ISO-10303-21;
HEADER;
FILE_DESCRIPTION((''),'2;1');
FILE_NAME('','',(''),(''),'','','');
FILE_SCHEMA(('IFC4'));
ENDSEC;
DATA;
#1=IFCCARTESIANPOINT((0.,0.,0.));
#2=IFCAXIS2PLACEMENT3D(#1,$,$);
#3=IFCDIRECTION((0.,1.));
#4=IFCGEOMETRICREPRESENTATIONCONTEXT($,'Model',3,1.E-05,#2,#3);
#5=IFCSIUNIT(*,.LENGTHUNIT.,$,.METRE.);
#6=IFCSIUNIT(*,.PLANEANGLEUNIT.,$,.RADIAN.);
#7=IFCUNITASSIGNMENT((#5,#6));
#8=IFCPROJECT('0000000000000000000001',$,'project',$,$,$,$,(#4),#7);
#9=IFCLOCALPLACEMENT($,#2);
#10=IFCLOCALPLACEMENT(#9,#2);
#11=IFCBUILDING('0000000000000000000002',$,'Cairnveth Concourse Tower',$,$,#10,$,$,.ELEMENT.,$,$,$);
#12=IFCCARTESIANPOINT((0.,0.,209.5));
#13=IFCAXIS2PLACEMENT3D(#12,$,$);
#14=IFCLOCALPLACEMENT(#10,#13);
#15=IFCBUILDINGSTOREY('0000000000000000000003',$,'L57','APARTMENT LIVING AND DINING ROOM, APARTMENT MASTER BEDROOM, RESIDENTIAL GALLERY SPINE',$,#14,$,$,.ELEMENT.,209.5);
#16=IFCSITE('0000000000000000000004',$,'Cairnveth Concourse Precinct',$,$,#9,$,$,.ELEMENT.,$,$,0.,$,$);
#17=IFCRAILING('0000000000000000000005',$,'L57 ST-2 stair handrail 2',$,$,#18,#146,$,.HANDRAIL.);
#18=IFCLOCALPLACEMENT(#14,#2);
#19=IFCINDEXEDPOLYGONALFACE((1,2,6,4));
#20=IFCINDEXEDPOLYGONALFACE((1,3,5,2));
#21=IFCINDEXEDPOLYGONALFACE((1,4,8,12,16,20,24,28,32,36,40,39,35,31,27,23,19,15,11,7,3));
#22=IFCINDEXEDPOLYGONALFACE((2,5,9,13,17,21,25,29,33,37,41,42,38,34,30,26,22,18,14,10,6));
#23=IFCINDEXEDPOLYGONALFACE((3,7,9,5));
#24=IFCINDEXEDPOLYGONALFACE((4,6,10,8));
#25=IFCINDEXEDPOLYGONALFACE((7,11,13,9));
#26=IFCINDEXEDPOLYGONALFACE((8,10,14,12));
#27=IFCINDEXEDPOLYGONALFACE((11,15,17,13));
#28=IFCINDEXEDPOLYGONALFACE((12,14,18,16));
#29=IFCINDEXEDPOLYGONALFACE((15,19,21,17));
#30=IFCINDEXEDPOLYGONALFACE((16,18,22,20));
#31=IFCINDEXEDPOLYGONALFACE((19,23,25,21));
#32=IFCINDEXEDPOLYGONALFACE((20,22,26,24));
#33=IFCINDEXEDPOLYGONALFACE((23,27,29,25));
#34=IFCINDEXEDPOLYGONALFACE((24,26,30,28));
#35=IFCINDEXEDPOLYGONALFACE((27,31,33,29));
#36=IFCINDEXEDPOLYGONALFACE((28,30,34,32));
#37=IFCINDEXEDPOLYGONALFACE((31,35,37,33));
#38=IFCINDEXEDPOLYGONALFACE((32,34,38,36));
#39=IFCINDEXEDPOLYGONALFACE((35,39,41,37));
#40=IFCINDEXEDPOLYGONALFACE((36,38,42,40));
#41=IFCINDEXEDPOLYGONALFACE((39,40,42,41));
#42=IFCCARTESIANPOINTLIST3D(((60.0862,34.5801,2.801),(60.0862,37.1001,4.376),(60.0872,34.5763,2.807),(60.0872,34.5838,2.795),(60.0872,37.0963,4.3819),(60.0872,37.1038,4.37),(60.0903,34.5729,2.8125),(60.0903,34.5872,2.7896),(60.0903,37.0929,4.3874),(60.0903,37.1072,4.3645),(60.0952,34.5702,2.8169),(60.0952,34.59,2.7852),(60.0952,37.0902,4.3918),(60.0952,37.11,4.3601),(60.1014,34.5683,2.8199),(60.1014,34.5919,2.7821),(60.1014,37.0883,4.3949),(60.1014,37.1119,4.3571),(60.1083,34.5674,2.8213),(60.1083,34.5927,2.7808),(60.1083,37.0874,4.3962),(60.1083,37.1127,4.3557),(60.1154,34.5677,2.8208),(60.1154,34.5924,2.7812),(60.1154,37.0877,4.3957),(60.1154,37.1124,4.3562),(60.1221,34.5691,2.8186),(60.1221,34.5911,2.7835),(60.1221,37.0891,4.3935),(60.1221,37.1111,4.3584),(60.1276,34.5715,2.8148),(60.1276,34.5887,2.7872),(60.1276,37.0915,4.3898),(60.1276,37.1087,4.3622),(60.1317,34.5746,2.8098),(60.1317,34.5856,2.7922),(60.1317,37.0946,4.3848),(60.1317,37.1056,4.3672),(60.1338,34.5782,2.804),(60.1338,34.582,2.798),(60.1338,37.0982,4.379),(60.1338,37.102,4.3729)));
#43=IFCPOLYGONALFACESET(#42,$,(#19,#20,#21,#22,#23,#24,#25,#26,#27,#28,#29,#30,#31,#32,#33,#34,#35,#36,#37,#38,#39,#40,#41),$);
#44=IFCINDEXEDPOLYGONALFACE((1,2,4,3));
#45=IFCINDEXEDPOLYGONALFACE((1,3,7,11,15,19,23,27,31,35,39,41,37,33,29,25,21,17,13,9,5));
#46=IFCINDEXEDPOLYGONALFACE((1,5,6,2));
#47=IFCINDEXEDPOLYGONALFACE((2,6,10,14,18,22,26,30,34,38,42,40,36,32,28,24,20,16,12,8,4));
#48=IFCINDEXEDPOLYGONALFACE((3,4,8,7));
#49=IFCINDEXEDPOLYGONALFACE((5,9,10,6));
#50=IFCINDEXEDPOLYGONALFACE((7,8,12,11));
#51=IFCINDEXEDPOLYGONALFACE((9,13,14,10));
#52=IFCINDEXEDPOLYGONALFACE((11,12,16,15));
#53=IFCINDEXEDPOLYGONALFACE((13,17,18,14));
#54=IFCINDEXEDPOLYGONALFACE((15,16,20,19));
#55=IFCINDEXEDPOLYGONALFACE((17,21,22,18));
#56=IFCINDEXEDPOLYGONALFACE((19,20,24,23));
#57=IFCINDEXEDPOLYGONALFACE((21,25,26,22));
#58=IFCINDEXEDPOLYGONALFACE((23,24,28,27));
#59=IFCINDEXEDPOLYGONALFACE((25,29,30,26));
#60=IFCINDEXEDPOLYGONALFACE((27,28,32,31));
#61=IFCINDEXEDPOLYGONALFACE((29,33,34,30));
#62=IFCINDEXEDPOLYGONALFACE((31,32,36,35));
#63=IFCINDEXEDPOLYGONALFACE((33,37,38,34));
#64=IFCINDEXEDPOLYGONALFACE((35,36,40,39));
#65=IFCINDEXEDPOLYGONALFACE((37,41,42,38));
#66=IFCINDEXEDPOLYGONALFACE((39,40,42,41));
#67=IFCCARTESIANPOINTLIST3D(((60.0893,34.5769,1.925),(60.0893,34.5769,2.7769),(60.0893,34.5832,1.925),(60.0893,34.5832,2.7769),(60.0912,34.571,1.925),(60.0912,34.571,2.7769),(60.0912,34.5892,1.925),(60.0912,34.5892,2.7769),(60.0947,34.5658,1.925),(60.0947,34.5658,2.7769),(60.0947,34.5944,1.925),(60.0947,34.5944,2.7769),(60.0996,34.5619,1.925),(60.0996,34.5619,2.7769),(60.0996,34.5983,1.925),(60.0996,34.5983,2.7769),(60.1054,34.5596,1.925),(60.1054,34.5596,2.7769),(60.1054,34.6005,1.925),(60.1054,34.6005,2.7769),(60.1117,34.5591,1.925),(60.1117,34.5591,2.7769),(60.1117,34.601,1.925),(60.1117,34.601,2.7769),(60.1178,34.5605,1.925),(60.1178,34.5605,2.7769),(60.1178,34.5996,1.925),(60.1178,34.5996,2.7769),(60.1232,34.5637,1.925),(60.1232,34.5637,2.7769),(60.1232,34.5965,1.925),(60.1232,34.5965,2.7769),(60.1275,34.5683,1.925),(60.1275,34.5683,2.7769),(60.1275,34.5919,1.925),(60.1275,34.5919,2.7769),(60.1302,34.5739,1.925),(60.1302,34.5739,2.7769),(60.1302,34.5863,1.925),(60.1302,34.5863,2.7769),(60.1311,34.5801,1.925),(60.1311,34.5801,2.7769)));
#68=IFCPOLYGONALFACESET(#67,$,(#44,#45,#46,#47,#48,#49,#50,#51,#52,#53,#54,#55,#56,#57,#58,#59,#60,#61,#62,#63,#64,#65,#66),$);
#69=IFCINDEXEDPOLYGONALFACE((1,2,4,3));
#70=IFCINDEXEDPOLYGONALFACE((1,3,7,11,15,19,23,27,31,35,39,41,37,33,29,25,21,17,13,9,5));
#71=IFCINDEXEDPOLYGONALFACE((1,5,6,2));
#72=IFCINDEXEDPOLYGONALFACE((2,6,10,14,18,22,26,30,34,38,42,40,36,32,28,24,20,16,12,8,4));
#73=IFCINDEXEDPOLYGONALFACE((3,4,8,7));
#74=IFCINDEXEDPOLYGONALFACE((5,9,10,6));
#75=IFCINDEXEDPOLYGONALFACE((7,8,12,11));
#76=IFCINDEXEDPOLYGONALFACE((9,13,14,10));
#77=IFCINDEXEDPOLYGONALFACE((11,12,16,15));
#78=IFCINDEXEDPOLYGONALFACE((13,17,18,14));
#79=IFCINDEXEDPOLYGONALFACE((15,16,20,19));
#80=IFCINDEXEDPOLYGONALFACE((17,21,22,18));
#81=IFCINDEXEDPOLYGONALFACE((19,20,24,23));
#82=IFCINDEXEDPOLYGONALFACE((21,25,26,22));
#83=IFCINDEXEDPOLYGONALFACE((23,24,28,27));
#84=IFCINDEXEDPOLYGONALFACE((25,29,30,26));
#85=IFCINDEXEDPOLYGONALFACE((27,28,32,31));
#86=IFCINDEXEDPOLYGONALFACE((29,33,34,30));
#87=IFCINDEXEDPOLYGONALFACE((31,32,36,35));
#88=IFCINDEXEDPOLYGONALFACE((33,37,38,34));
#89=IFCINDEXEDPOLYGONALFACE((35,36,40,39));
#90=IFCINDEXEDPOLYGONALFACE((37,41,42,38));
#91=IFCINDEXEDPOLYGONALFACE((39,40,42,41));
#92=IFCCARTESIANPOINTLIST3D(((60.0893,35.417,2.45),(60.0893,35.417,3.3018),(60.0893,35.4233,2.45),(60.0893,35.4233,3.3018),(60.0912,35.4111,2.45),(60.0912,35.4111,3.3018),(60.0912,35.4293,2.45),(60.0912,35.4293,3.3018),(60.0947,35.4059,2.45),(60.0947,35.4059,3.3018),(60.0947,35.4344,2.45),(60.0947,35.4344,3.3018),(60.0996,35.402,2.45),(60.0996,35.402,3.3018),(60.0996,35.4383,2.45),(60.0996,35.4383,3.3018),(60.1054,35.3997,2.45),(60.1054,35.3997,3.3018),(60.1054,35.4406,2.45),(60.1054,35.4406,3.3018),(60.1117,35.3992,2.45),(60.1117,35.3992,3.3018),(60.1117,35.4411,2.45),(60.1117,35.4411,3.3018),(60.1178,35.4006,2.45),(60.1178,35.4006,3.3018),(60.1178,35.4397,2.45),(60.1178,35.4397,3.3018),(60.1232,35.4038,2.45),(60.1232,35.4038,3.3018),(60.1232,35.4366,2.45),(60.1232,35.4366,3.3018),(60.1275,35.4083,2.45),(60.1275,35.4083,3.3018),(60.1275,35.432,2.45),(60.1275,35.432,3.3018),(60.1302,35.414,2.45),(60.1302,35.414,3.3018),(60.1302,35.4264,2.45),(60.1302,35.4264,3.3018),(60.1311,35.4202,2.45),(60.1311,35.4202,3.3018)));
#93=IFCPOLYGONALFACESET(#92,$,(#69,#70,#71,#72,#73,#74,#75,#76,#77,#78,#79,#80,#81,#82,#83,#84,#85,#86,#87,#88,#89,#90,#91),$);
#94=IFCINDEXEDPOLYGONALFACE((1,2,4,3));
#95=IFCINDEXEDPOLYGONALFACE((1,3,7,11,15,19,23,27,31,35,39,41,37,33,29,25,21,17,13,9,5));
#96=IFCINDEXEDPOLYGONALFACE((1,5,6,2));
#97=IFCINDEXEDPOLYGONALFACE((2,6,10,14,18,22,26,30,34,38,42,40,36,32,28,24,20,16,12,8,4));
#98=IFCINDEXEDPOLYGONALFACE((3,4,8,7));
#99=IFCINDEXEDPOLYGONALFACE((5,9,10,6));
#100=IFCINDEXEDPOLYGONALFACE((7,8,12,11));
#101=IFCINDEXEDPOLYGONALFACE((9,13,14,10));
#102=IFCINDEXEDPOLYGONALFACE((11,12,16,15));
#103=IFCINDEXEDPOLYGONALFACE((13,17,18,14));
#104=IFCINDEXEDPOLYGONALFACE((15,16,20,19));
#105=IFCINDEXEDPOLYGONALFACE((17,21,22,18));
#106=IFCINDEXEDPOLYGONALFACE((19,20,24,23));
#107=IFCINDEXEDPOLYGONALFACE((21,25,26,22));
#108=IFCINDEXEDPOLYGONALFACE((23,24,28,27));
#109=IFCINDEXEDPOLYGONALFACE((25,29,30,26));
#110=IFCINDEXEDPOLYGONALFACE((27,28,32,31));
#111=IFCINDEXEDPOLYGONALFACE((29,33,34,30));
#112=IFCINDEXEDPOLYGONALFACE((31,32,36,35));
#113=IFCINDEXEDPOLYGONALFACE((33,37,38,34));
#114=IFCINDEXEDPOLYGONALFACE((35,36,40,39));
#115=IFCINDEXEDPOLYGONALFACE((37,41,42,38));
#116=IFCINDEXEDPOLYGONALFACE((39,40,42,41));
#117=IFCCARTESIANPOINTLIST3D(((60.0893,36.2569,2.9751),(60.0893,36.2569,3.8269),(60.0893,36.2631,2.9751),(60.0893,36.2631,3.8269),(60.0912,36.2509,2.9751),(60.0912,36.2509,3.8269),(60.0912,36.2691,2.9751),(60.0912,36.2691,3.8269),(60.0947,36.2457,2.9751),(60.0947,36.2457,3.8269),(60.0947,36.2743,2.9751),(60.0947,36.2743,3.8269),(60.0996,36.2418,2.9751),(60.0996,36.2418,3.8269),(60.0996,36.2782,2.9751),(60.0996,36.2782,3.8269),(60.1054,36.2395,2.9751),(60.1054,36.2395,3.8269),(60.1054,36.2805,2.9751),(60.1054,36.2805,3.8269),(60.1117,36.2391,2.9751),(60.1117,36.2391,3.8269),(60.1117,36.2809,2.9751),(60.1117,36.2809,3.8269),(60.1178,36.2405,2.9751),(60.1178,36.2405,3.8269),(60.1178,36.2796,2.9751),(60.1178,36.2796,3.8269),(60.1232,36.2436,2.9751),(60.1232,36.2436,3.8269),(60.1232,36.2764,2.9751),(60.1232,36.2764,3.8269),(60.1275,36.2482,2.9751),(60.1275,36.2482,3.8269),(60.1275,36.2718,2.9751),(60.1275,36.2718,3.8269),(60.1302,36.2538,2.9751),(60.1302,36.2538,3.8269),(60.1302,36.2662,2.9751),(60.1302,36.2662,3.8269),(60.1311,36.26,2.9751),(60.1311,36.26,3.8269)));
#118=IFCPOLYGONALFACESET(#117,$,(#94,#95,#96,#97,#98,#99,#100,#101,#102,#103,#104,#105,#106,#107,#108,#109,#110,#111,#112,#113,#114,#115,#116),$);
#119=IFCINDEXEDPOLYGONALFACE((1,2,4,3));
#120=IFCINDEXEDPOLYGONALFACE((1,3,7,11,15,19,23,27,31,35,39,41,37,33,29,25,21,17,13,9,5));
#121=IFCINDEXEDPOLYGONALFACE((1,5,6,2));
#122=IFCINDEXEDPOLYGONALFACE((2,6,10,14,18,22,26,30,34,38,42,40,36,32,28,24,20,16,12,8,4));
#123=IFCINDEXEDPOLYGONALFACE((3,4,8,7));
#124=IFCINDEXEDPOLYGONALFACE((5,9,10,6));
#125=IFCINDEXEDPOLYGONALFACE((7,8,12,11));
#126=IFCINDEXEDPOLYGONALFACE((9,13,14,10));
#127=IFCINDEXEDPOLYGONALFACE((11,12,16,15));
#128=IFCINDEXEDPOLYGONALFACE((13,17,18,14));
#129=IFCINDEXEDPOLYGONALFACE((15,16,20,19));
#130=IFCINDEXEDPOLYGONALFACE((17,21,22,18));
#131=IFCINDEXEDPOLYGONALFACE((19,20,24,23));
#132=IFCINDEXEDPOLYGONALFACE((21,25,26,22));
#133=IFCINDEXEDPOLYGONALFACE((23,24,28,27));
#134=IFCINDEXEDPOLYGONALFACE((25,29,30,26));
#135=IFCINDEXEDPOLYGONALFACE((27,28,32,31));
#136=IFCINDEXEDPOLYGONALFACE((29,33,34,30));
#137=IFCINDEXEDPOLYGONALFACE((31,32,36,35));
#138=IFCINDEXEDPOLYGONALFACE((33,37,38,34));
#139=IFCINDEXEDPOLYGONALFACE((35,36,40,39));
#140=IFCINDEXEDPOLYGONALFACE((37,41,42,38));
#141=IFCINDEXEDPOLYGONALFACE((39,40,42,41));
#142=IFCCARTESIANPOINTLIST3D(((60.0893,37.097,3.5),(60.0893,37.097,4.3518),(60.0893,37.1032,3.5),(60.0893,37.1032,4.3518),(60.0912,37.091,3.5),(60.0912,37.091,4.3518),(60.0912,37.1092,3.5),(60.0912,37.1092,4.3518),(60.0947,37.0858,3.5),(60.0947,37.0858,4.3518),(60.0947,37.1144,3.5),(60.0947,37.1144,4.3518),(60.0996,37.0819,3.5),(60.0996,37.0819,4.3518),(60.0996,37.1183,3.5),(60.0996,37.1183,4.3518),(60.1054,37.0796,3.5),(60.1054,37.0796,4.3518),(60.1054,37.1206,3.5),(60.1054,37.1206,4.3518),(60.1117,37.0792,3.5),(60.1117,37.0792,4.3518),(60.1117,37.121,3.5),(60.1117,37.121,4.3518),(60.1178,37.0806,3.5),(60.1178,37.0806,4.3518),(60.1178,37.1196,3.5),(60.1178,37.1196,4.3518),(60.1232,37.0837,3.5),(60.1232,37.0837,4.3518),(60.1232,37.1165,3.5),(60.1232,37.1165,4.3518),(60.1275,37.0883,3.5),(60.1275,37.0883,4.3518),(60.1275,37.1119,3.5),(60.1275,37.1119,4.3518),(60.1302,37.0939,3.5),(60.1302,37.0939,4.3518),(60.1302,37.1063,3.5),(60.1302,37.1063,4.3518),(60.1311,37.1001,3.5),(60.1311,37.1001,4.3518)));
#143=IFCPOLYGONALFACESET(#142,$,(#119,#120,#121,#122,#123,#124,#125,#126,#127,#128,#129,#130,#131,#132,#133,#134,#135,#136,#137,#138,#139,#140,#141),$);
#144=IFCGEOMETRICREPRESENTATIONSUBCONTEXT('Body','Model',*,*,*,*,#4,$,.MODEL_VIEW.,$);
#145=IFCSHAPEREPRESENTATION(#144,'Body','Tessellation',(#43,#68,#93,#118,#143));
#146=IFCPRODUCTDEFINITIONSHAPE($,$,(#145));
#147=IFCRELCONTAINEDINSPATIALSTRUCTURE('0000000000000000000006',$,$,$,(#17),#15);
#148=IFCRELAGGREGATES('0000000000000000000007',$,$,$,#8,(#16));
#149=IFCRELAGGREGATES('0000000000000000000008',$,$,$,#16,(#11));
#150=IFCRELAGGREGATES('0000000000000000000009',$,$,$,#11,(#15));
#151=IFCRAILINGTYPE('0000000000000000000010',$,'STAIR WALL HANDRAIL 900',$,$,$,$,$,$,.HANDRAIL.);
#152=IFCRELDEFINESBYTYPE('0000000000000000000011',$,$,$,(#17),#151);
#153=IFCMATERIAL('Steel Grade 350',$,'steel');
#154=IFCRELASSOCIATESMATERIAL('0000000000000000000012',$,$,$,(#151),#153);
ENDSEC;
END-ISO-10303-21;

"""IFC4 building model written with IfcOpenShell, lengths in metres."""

from ifc_helpers import new_model, si_unit, direction, frame, origin, origin_2d, place, context, subcontext, project, spatial, circle, extrude, material, type_object, element, save


model = new_model("IFC4")

# Units and contexts
model_context = context("Model", 3, precision=1e-05, world=origin(), true_north=direction((0.0, 1.0)))
body_context = subcontext(model_context, "Body", "Model", "MODEL_VIEW")
ifc_project = project(units=[si_unit("LENGTHUNIT", "METRE"), si_unit("PLANEANGLEUNIT", "RADIAN")], contexts=[model_context])

# Site, building, storey
site_placement = place(None, origin())
site = spatial("IfcSite", under=ifc_project, at=site_placement, Name="Cairnveth Concourse Precinct", CompositionType="ELEMENT", RefElevation=0.0)
building_placement = place(site_placement, origin())
building = spatial("IfcBuilding", under=site, at=building_placement, Name="Cairnveth Concourse Tower", CompositionType="ELEMENT")
storey_placement = place(building_placement, frame((0.0, 0.0, 209.5)))
storey = spatial("IfcBuildingStorey", under=building, at=storey_placement, Name="L57", Description="APARTMENT LIVING AND DINING ROOM, APARTMENT MASTER BEDROOM, RESIDENTIAL GALLERY SPINE", CompositionType="ELEMENT", Elevation=209.5)

# Shared definitions
ifc_material_1 = material(Name="Steel Grade 350", Category="steel")

# Railing
railing_type_1 = type_object("IfcRailingType", Name="STAIR WALL HANDRAIL 900", PredefinedType="HANDRAIL", material=ifc_material_1)
railing_1_placement = place(storey_placement, frame((60.1101, 34.5801, 1.925)))
element("IfcRailing", 1, at=railing_1_placement, inside=storey, type_object=railing_type_1, Name="L57 ST-2 stair handrail 2", PredefinedType="HANDRAIL", context=body_context, shape_type="SweptSolid", body=[
    extrude(circle(Radius=0.0239, at=origin_2d()), frame((0.0, 0.0, 0.876), z_axis=(0.0, 0.848008, 0.529984), x_axis=(-1.0, 0.0, 0.0)), (0.0, 0.0, 1.0), 2.9717),
    extrude(circle(Radius=0.021, at=origin_2d()), origin(), (0.0, 0.0, 1.0), 0.8518),
    extrude(circle(Radius=0.021, at=origin_2d()), frame((0.0, 0.8401, 0.5249)), (0.0, 0.0, 1.0), 0.8518),
    extrude(circle(Radius=0.021, at=origin_2d()), frame((0.0, 1.6799, 1.05)), (0.0, 0.0, 1.0), 0.8518),
    extrude(circle(Radius=0.021, at=origin_2d()), frame((0.0, 2.52, 1.575)), (0.0, 0.0, 1.0), 0.8518),
])

save(model, "model.ifc")
